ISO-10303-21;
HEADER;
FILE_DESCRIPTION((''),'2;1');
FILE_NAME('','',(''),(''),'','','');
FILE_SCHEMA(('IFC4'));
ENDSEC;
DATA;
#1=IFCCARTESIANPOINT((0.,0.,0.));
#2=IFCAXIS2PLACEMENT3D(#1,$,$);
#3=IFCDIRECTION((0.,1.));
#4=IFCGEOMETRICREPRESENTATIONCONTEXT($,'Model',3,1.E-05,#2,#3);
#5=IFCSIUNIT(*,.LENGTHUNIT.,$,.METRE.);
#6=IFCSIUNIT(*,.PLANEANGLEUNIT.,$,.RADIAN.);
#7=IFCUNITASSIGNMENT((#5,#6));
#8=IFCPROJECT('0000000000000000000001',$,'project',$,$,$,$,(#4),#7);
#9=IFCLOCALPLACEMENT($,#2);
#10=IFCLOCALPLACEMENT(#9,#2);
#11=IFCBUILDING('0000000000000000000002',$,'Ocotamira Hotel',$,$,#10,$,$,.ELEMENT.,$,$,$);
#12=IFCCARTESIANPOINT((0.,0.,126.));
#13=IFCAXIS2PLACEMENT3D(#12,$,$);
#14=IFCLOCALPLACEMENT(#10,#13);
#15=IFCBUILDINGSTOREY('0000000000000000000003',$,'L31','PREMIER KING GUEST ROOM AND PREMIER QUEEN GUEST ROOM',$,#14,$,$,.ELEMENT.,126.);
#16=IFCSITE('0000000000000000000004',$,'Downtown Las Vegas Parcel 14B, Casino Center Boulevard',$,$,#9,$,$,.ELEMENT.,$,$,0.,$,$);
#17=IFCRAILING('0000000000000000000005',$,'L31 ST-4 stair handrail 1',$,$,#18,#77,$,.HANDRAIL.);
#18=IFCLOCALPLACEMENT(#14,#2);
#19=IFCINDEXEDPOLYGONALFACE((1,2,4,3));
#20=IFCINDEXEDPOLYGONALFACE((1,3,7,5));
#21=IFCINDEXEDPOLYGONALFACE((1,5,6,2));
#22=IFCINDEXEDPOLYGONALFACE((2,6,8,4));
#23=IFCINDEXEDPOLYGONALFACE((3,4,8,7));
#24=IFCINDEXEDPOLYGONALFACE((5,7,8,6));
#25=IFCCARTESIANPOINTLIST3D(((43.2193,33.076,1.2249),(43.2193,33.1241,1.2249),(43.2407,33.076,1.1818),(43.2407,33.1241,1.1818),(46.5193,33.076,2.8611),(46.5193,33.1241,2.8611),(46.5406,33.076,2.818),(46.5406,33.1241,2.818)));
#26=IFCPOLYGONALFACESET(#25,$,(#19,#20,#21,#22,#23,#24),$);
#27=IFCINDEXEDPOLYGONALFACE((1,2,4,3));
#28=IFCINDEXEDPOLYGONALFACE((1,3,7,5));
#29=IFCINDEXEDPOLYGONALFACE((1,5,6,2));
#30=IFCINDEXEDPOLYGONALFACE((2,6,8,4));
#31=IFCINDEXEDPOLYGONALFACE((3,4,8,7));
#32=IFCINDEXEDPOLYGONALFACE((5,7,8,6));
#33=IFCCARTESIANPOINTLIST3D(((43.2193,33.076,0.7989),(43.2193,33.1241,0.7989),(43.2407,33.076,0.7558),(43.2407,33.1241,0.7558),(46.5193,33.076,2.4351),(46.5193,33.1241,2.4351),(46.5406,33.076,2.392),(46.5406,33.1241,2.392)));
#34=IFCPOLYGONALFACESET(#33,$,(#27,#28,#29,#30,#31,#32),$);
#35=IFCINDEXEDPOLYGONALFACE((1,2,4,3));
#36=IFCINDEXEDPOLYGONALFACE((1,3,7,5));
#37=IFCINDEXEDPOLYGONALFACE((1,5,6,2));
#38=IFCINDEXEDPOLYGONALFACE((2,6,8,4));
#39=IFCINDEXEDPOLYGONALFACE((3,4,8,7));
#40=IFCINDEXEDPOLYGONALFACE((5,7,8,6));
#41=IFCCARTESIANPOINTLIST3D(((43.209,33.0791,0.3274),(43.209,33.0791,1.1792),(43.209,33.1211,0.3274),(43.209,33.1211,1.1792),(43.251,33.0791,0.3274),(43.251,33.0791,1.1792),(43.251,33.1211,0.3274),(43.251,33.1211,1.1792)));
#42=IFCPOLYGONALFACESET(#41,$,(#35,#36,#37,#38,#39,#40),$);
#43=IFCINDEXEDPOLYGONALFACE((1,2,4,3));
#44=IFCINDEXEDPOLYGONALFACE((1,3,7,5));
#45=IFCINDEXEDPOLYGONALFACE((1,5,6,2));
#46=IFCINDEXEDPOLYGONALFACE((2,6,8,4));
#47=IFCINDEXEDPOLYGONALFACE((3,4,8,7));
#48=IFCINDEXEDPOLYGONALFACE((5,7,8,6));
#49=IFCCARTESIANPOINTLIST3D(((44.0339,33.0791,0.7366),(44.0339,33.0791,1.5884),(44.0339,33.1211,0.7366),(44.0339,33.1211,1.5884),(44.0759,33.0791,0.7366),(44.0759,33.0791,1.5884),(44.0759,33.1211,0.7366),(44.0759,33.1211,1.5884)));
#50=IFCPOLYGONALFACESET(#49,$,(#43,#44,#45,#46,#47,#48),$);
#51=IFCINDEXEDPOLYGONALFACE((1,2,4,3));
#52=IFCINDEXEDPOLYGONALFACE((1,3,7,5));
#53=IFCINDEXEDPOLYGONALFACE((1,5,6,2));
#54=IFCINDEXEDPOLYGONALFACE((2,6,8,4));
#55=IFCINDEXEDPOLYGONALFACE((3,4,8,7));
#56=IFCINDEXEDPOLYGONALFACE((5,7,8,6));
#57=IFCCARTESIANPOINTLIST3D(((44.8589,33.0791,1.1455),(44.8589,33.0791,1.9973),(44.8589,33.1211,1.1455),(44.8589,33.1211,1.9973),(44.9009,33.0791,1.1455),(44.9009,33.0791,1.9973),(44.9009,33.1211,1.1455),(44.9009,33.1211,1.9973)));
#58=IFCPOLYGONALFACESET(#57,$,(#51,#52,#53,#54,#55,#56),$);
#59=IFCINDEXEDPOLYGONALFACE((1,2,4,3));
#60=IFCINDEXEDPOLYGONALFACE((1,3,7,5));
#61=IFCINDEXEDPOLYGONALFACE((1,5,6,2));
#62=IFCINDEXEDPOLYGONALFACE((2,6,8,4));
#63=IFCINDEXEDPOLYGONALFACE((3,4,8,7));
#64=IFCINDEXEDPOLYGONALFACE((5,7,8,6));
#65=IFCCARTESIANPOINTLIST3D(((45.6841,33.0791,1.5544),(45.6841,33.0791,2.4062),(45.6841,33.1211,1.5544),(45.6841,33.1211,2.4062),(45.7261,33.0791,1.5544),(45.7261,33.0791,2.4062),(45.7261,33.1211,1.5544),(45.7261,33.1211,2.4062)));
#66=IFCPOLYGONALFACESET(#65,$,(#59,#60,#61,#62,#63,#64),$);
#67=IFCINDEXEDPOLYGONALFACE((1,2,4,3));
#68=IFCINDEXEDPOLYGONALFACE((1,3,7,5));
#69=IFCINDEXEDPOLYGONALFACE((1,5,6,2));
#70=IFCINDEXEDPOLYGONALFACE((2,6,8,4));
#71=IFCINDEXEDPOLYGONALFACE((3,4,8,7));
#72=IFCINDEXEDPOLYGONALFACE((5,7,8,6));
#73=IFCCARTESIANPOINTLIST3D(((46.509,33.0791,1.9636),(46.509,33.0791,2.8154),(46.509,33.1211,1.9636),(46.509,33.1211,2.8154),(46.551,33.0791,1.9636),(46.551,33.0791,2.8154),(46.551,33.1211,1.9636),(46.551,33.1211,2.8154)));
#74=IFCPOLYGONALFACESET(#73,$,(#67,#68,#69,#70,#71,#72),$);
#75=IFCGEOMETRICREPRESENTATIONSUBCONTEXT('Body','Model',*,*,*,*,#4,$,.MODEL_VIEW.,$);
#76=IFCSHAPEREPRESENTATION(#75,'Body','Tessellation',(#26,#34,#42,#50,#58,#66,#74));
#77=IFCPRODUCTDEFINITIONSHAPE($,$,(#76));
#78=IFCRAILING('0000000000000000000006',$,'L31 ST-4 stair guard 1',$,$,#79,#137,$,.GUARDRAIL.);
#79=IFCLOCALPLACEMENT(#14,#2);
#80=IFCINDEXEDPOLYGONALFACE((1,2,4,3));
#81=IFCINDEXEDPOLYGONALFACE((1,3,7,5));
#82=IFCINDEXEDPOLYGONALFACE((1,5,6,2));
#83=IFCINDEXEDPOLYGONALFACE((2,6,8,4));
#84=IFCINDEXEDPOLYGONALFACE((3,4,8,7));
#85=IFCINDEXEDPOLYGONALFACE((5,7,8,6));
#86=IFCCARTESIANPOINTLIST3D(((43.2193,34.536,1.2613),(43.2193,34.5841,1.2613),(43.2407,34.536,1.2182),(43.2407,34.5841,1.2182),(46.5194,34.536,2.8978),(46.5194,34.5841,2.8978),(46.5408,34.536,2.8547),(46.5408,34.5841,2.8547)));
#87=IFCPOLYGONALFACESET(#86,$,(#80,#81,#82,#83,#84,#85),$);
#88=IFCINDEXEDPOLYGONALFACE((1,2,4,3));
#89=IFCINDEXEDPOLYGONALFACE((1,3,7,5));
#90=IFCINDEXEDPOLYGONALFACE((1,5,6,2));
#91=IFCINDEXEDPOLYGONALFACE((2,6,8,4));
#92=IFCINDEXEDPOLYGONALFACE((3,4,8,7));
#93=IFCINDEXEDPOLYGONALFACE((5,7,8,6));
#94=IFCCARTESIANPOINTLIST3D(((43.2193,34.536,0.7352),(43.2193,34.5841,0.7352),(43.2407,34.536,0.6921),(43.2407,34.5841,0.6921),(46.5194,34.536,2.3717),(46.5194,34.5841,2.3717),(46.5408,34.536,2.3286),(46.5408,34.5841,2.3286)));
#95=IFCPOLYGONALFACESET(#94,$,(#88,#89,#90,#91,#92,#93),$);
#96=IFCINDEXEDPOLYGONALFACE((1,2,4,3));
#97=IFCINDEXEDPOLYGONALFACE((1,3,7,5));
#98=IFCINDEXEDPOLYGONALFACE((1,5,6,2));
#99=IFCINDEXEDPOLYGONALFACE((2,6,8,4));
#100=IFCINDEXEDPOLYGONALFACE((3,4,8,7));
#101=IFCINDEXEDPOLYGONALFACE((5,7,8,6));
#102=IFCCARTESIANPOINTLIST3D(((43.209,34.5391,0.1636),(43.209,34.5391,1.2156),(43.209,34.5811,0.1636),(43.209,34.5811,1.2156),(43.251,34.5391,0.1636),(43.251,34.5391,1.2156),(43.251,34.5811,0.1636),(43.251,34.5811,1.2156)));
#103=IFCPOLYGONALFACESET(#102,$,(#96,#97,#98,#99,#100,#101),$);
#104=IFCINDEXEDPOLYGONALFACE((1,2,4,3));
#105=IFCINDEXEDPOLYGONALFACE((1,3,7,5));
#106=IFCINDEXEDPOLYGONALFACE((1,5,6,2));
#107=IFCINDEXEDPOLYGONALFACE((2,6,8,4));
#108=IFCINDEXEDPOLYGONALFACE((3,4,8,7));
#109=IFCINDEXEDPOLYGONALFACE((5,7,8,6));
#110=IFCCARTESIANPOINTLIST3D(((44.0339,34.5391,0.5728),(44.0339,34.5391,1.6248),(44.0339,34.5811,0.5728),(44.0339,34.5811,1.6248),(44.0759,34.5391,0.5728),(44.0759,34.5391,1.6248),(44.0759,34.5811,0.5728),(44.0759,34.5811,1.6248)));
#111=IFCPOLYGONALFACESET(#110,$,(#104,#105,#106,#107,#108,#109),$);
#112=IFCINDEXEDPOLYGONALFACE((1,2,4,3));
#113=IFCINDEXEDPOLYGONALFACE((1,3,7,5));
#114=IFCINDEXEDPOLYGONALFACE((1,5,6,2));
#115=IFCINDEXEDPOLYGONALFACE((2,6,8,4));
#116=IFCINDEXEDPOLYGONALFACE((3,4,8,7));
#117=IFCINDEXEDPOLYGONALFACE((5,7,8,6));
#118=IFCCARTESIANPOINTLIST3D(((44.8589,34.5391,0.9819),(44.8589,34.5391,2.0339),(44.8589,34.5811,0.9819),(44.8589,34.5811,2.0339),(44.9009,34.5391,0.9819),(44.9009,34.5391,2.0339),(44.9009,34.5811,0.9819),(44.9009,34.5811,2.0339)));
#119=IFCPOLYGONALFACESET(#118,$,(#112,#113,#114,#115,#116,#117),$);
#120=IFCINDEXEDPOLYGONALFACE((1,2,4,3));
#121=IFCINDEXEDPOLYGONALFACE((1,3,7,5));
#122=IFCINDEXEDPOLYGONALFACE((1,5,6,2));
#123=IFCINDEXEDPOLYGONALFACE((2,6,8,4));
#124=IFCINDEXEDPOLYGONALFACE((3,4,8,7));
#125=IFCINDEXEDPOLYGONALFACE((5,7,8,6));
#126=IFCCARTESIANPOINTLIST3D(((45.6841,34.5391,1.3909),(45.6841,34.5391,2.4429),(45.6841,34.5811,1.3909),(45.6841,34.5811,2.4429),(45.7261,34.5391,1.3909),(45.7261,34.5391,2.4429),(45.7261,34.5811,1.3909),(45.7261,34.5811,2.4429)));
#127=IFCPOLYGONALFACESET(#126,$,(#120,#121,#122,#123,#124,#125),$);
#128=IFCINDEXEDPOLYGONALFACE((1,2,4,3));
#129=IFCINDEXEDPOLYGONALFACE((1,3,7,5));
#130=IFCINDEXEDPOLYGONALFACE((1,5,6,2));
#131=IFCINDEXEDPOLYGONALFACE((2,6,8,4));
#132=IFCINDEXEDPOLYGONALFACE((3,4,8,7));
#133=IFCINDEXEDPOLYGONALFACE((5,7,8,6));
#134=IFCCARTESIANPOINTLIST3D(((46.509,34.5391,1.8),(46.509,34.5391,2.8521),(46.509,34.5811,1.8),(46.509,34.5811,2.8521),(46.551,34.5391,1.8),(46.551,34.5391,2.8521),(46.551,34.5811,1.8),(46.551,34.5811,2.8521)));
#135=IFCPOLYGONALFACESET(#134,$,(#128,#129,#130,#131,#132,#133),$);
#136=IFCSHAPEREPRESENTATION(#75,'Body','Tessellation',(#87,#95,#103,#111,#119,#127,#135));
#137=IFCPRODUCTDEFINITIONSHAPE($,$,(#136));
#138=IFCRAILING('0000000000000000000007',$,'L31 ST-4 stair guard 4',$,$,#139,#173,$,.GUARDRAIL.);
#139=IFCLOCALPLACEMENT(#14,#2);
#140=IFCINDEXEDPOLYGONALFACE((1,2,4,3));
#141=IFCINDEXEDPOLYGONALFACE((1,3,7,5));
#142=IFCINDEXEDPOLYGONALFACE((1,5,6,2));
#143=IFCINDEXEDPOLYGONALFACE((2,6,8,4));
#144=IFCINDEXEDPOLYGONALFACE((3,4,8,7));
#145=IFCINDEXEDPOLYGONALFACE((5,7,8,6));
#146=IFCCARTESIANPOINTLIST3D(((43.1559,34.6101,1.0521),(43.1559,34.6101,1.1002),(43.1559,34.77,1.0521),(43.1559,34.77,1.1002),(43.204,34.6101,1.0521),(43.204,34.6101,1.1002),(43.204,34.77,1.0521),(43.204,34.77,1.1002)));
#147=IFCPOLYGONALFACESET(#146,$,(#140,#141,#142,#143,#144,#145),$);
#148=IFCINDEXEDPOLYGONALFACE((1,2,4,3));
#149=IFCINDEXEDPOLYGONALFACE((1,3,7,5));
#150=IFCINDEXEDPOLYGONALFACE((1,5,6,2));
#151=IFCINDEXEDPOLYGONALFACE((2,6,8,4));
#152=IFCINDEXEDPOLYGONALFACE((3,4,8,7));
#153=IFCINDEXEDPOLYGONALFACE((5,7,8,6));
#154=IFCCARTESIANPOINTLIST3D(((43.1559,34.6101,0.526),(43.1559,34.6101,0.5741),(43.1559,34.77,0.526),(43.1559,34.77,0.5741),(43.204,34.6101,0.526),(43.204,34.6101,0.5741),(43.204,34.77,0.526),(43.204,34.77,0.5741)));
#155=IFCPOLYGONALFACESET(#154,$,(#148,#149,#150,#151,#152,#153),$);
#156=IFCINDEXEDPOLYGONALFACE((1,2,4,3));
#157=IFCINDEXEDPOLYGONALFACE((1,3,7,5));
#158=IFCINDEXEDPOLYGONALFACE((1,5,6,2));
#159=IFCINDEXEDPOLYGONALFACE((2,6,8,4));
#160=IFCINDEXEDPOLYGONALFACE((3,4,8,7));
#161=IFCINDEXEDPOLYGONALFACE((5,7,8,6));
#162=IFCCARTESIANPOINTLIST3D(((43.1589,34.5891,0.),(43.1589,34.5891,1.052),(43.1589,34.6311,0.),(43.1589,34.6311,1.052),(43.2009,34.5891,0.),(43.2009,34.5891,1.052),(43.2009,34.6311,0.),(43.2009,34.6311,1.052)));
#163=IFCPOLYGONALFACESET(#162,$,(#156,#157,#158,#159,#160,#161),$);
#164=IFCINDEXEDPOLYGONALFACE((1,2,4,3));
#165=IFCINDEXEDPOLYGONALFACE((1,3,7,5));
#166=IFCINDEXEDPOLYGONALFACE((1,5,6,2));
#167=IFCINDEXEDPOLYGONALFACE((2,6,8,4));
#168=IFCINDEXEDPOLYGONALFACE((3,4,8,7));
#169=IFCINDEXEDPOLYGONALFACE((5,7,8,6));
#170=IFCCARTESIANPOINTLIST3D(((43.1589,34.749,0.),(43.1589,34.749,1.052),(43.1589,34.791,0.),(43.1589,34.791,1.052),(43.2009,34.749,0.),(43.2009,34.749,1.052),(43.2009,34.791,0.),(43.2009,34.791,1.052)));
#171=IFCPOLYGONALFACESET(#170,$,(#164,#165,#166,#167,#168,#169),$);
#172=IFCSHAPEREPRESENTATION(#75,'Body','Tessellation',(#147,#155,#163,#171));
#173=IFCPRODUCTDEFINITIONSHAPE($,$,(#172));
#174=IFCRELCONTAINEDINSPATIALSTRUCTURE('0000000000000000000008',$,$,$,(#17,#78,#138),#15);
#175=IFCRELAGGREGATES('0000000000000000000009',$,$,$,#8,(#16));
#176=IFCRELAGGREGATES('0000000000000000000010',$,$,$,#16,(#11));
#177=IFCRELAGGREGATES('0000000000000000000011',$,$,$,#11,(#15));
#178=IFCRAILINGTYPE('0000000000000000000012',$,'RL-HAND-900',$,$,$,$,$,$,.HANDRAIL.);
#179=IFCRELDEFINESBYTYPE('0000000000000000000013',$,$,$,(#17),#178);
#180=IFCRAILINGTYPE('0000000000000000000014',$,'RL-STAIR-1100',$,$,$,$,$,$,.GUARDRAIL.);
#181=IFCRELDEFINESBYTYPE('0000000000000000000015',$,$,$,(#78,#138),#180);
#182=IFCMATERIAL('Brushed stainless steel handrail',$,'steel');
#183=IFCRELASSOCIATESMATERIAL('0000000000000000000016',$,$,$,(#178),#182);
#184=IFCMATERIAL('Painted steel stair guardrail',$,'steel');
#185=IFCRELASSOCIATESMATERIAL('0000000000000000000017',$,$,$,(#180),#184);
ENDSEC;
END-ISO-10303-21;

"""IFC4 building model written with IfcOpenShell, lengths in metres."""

from ifc_helpers import new_model, si_unit, direction, frame, origin, origin_2d, place, context, subcontext, project, spatial, rectangle, extrude, material, type_object, element, save


model = new_model("IFC4")

# Units and contexts
model_context = context("Model", 3, precision=1e-05, world=origin(), true_north=direction((0.0, 1.0)))
body_context = subcontext(model_context, "Body", "Model", "MODEL_VIEW")
ifc_project = project(units=[si_unit("LENGTHUNIT", "METRE"), si_unit("PLANEANGLEUNIT", "RADIAN")], contexts=[model_context])

# Site, building, storey
site_placement = place(None, origin())
site = spatial("IfcSite", under=ifc_project, at=site_placement, Name="Downtown Las Vegas Parcel 14B, Casino Center Boulevard", CompositionType="ELEMENT", RefElevation=0.0)
building_placement = place(site_placement, origin())
building = spatial("IfcBuilding", under=site, at=building_placement, Name="Ocotamira Hotel", CompositionType="ELEMENT")
storey_placement = place(building_placement, frame((0.0, 0.0, 126.0)))
storey = spatial("IfcBuildingStorey", under=building, at=storey_placement, Name="L31", Description="PREMIER KING GUEST ROOM AND PREMIER QUEEN GUEST ROOM", CompositionType="ELEMENT", Elevation=126.0)

# Railings
ifc_material_1 = material(Name="Brushed stainless steel handrail", Category="steel")
railing_type_1 = type_object("IfcRailingType", Name="RL-HAND-900", PredefinedType="HANDRAIL", material=ifc_material_1)
railing_1_placement = place(storey_placement, frame((43.23, 33.1001, 0.3274)))
element("IfcRailing", 1, at=railing_1_placement, inside=storey, type_object=railing_type_1, Name="L31 ST-4 stair handrail 1", PredefinedType="HANDRAIL", context=body_context, shape_type="SweptSolid", body=[
    extrude(rectangle(XDim=0.0481, YDim=0.0481, at=origin_2d()), frame((0.0, 0.0, 0.876), z_axis=(0.89592, 0.0, 0.444215), x_axis=(0.0, 1.0, 0.0)), (0.0, 0.0, 1.0), 3.6833),
    extrude(rectangle(XDim=0.0481, YDim=0.0481, at=origin_2d()), frame((0.0, 0.0, 0.45), z_axis=(0.89592, 0.0, 0.444215), x_axis=(0.0, 1.0, 0.0)), (0.0, 0.0, 1.0), 3.6833),
    extrude(rectangle(XDim=0.042, YDim=0.042, at=origin_2d()), origin(), (0.0, 0.0, 1.0), 0.8518),
    extrude(rectangle(XDim=0.042, YDim=0.042, at=origin_2d()), frame((0.825, 0.0, 0.4092)), (0.0, 0.0, 1.0), 0.8518),
    extrude(rectangle(XDim=0.042, YDim=0.042, at=origin_2d()), frame((1.6499, 0.0, 0.8181)), (0.0, 0.0, 1.0), 0.8518),
    extrude(rectangle(XDim=0.042, YDim=0.042, at=origin_2d()), frame((2.4751, 0.0, 1.2271)), (0.0, 0.0, 1.0), 0.8518),
    extrude(rectangle(XDim=0.042, YDim=0.042, at=origin_2d()), frame((3.3, 0.0, 1.6362)), (0.0, 0.0, 1.0), 0.8518),
])
ifc_material_2 = material(Name="Painted steel stair guardrail", Category="steel")
railing_type_2 = type_object("IfcRailingType", Name="RL-STAIR-1100", PredefinedType="GUARDRAIL", material=ifc_material_2)
railing_2_placement = place(storey_placement, frame((43.23, 34.5601, 0.1636)))
element("IfcRailing", 2, at=railing_2_placement, inside=storey, type_object=railing_type_2, Name="L31 ST-4 stair guard 1", PredefinedType="GUARDRAIL", context=body_context, shape_type="SweptSolid", body=[
    extrude(rectangle(XDim=0.0481, YDim=0.0481, at=origin_2d()), frame((0.0, 0.0, 1.0762), z_axis=(0.895894, 0.0, 0.444268), x_axis=(0.0, 1.0, 0.0)), (0.0, 0.0, 1.0), 3.6836),
    extrude(rectangle(XDim=0.0481, YDim=0.0481, at=origin_2d()), frame((0.0, 0.0, 0.55), z_axis=(0.895894, 0.0, 0.444268), x_axis=(0.0, 1.0, 0.0)), (0.0, 0.0, 1.0), 3.6836),
    extrude(rectangle(XDim=0.042, YDim=0.042, at=origin_2d()), origin(), (0.0, 0.0, 1.0), 1.052),
    extrude(rectangle(XDim=0.042, YDim=0.042, at=origin_2d()), frame((0.825, 0.0, 0.4092)), (0.0, 0.0, 1.0), 1.052),
    extrude(rectangle(XDim=0.042, YDim=0.042, at=origin_2d()), frame((1.6499, 0.0, 0.8184)), (0.0, 0.0, 1.0), 1.052),
    extrude(rectangle(XDim=0.042, YDim=0.042, at=origin_2d()), frame((2.4751, 0.0, 1.2273)), (0.0, 0.0, 1.0), 1.052),
    extrude(rectangle(XDim=0.042, YDim=0.042, at=origin_2d()), frame((3.3, 0.0, 1.6365)), (0.0, 0.0, 1.0), 1.052),
])
railing_3_placement = place(storey_placement, frame((43.1799, 34.6101, 0.0)))
element("IfcRailing", 3, at=railing_3_placement, inside=storey, type_object=railing_type_2, Name="L31 ST-4 stair guard 4", PredefinedType="GUARDRAIL", context=body_context, shape_type="SweptSolid", body=[
    extrude(rectangle(XDim=0.0481, YDim=0.0481, at=origin_2d()), frame((0.0, 0.0, 1.0762), z_axis=(0.0, 1.0, 0.0), x_axis=(-1.0, 0.0, 0.0)), (0.0, 0.0, 1.0), 0.1599),
    extrude(rectangle(XDim=0.0481, YDim=0.0481, at=origin_2d()), frame((0.0, 0.0, 0.55), z_axis=(0.0, 1.0, 0.0), x_axis=(-1.0, 0.0, 0.0)), (0.0, 0.0, 1.0), 0.1599),
    extrude(rectangle(XDim=0.042, YDim=0.042, at=origin_2d()), origin(), (0.0, 0.0, 1.0), 1.052),
    extrude(rectangle(XDim=0.042, YDim=0.042, at=origin_2d()), frame((0.0, 0.1599, 0.0)), (0.0, 0.0, 1.0), 1.052),
])

save(model, "model.ifc")
